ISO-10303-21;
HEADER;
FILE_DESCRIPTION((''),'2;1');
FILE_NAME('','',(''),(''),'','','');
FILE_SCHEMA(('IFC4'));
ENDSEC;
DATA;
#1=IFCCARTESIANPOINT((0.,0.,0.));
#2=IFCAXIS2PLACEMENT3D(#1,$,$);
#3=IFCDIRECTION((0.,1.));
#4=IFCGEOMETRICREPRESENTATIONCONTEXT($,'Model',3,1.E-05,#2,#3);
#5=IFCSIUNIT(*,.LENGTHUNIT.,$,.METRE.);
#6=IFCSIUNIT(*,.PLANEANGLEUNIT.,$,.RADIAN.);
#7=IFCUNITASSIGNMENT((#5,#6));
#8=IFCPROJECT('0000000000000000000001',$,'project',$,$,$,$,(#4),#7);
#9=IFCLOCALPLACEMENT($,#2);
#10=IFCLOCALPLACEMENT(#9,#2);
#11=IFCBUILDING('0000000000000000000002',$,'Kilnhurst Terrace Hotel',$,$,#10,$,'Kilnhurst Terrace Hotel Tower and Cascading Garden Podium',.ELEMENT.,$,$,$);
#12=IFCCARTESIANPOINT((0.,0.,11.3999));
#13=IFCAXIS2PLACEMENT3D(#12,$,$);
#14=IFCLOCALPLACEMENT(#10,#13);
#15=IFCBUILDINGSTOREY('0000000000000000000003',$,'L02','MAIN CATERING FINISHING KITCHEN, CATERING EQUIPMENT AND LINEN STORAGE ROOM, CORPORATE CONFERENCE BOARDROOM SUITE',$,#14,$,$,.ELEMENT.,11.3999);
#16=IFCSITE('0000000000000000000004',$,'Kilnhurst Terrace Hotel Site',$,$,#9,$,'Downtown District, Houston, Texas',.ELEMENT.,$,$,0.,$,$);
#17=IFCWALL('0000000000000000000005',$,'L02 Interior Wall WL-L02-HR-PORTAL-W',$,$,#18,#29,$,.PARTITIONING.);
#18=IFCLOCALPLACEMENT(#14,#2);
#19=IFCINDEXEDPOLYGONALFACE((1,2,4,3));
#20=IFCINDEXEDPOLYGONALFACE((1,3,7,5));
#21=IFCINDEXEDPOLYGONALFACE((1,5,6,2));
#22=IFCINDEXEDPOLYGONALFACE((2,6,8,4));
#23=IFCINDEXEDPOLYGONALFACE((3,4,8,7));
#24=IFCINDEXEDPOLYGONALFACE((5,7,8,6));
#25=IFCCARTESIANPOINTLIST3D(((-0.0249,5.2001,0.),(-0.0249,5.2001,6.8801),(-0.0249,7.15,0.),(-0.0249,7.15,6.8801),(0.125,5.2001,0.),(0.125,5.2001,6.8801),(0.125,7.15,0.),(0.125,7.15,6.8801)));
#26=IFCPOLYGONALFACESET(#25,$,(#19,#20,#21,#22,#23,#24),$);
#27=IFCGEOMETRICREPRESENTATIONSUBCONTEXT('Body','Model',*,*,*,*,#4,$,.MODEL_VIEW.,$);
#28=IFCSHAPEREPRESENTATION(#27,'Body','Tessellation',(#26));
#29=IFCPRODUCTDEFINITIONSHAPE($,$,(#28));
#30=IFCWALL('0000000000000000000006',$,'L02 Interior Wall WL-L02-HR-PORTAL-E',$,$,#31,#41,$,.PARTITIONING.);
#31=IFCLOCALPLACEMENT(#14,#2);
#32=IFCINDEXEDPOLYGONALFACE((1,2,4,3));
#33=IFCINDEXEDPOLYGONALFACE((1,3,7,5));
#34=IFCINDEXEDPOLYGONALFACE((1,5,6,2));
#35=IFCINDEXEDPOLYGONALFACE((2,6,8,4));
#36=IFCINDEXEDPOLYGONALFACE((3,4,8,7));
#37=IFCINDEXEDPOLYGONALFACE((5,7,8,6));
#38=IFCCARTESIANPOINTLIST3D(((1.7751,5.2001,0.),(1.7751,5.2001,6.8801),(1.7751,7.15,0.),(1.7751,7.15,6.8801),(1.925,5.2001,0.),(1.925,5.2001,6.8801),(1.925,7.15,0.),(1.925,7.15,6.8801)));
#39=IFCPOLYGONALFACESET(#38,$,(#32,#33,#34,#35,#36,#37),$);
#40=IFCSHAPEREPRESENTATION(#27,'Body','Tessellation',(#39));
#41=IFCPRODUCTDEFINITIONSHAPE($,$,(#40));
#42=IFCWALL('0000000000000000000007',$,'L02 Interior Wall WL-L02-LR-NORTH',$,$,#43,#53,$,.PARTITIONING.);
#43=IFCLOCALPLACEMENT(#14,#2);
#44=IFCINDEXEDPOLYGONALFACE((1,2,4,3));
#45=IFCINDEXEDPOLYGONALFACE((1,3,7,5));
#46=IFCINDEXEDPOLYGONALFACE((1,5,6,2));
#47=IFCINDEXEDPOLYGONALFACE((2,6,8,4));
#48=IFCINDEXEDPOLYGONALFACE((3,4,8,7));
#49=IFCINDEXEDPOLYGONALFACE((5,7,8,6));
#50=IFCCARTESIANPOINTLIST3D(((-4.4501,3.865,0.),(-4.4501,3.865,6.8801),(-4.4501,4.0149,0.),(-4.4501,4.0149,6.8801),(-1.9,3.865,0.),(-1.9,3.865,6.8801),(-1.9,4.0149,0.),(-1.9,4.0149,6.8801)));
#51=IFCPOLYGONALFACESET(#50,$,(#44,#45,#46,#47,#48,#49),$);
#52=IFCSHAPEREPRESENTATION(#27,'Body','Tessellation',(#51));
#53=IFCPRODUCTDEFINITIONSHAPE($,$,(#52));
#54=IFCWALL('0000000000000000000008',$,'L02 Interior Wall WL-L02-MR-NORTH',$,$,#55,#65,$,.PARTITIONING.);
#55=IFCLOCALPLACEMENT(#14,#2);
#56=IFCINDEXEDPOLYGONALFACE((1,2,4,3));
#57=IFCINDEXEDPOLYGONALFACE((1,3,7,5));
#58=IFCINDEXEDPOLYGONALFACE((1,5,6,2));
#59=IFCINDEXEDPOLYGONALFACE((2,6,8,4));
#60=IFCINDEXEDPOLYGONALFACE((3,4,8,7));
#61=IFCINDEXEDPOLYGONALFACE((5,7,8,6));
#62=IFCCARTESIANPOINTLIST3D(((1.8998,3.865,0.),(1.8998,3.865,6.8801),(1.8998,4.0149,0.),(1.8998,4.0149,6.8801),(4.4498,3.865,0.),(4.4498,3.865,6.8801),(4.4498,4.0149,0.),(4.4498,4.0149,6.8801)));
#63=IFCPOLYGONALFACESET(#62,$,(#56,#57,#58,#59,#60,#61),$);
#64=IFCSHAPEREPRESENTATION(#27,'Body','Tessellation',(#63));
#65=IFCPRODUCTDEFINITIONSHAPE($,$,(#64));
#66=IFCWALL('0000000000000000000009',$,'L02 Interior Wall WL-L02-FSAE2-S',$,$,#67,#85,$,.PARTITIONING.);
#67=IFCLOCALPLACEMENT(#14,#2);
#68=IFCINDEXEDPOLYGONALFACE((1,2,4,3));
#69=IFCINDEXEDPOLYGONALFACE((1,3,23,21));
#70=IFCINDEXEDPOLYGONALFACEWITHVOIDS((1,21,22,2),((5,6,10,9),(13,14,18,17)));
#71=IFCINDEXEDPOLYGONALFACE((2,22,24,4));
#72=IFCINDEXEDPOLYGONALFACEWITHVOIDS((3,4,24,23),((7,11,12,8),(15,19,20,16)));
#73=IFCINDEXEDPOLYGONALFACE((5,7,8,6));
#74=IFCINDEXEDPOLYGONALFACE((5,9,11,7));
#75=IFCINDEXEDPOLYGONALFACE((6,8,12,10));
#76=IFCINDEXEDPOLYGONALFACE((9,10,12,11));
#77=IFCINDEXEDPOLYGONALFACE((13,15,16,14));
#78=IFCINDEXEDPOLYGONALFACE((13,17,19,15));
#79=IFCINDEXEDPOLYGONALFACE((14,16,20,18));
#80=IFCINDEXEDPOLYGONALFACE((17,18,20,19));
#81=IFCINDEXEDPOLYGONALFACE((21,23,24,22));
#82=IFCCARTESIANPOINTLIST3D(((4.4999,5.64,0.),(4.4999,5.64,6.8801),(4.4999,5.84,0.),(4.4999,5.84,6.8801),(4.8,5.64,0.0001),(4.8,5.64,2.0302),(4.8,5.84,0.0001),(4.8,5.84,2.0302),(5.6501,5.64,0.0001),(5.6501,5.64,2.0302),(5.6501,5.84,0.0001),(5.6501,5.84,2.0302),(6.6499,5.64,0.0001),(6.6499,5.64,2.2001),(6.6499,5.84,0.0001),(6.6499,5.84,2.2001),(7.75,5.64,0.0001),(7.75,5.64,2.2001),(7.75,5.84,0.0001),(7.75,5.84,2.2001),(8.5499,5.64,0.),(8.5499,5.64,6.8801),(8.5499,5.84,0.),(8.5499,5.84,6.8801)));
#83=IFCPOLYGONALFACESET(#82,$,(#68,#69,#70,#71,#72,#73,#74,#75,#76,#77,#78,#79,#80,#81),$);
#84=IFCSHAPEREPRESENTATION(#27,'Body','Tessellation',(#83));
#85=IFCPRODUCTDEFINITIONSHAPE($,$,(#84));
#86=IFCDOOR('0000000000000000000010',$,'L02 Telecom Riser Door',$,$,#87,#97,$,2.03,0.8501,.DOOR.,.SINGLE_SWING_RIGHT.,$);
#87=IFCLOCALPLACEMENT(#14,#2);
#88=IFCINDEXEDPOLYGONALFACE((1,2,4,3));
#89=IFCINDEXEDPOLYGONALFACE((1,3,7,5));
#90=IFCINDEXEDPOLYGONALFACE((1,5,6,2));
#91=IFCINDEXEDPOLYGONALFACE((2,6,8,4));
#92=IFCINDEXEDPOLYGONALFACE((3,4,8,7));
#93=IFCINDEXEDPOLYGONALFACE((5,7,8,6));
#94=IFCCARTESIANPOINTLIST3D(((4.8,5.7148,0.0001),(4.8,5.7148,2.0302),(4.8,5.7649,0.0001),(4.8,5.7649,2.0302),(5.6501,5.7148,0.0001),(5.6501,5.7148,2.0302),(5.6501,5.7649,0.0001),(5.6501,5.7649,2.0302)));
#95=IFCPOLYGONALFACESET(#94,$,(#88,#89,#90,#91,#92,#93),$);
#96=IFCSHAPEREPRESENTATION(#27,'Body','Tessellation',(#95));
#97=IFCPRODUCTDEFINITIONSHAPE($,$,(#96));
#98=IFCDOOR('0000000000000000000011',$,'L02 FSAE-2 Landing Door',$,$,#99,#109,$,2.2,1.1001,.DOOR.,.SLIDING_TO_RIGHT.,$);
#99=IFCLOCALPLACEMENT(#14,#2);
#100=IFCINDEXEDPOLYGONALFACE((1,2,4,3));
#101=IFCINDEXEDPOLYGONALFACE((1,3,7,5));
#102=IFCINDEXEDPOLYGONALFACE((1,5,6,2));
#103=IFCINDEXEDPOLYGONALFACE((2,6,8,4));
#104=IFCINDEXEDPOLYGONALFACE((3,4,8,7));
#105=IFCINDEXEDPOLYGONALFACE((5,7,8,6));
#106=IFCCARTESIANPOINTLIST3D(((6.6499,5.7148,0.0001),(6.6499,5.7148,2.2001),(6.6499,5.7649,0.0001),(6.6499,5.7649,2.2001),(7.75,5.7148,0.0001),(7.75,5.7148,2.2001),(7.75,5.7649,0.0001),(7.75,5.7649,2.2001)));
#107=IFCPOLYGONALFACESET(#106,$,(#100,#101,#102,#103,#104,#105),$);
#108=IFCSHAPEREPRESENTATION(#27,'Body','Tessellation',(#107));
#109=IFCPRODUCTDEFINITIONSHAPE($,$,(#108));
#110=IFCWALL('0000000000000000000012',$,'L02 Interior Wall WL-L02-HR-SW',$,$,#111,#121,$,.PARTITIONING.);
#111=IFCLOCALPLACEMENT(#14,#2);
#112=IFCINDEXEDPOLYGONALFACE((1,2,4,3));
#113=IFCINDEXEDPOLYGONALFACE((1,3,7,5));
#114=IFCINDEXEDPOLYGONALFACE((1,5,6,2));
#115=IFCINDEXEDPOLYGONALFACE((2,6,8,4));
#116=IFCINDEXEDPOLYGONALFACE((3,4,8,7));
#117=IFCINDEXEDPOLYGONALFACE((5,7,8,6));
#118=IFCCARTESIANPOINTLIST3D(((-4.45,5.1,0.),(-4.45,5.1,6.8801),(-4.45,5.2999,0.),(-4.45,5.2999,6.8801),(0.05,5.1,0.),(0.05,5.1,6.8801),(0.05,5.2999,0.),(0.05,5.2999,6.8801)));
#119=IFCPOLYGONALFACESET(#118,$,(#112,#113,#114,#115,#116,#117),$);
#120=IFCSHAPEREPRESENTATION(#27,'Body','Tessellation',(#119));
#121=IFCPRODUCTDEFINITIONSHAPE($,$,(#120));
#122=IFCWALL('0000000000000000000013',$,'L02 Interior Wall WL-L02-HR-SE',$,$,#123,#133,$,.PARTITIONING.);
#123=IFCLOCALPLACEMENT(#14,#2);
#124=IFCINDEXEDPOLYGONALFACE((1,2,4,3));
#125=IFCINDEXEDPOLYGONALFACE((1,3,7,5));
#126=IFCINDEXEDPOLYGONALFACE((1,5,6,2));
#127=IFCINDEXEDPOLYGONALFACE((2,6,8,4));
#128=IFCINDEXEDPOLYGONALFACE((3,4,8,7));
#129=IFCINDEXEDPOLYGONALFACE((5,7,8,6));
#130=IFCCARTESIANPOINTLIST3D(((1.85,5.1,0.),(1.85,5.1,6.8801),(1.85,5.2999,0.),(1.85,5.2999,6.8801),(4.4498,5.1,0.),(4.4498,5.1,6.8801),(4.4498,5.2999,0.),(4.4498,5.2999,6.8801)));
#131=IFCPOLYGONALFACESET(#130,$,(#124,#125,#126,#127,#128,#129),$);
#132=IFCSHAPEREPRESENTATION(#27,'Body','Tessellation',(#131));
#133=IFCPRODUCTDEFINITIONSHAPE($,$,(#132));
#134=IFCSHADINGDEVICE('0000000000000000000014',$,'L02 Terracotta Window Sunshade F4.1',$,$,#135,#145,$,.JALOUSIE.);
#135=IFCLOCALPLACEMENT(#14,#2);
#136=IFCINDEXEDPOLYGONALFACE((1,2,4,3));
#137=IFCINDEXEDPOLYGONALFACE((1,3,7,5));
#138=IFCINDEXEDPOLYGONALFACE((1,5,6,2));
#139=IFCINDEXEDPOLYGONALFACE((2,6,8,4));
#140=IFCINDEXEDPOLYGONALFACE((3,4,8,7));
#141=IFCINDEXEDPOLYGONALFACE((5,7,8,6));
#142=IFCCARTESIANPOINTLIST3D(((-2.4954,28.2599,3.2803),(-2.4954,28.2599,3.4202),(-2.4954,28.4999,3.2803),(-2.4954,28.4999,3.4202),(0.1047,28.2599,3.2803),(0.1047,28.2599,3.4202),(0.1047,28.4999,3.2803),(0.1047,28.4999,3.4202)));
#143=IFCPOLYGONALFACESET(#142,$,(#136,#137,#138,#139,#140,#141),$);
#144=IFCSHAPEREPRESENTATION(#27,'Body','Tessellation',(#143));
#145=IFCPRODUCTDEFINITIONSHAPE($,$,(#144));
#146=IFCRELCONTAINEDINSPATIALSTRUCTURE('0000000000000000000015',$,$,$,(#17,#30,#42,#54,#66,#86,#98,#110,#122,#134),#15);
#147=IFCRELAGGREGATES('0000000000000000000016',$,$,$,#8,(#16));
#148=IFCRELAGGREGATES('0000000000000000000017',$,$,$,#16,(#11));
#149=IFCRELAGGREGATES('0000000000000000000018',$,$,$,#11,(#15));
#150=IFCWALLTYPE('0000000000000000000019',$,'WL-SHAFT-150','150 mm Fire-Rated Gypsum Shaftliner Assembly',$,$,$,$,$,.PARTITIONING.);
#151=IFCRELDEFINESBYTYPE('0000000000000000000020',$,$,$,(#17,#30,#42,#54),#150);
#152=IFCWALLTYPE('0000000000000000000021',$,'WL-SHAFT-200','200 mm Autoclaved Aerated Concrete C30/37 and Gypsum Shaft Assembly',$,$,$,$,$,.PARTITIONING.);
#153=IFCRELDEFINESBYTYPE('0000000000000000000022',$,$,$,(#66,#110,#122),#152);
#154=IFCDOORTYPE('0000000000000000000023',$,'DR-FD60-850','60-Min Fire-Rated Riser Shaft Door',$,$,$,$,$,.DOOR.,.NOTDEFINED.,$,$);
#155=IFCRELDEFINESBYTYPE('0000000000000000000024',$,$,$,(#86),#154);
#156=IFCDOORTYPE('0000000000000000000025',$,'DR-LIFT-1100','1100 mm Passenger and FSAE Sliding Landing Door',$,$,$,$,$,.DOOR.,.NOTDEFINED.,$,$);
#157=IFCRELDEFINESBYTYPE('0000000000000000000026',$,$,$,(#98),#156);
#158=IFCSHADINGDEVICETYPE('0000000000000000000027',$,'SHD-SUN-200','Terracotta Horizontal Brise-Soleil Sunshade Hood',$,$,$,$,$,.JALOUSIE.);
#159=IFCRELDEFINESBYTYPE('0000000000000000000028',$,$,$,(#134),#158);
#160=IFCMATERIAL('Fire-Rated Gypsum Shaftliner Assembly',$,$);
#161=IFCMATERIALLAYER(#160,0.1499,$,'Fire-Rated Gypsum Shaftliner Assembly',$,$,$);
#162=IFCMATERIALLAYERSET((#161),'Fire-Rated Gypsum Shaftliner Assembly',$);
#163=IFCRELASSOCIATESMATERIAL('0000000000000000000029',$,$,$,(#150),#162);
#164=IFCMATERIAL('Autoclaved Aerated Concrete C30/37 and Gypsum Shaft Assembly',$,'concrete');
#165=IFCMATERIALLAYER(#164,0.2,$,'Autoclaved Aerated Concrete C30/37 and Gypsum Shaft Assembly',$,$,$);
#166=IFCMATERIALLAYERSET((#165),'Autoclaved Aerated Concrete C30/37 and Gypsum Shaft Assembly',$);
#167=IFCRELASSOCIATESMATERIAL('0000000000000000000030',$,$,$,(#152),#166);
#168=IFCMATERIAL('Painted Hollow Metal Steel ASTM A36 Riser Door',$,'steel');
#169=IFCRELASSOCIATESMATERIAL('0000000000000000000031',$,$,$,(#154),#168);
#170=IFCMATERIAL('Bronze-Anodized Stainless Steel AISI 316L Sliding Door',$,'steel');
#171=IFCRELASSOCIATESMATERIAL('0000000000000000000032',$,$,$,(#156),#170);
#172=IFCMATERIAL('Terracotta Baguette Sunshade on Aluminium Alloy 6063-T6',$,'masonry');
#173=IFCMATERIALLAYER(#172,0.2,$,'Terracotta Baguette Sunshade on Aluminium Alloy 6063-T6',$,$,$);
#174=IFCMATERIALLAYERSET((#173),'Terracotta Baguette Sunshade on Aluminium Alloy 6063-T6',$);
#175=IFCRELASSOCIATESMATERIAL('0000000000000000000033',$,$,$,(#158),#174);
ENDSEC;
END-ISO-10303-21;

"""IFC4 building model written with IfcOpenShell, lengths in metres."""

from ifc_helpers import new_model, si_unit, direction, frame, frame_2d, origin, origin_2d, place, context, subcontext, project, spatial, rectangle, extrude, material, layer, layer_set, type_object, element, fill, save


model = new_model("IFC4")

# Units and contexts
model_context = context("Model", 3, precision=1e-05, world=origin(), true_north=direction((0.0, 1.0)))
body_context = subcontext(model_context, "Body", "Model", "MODEL_VIEW")
ifc_project = project(units=[si_unit("LENGTHUNIT", "METRE"), si_unit("PLANEANGLEUNIT", "RADIAN")], contexts=[model_context])

# Site, building, storey
site_placement = place(None, origin())
site = spatial("IfcSite", under=ifc_project, at=site_placement, Name="Kilnhurst Terrace Hotel Site", LongName="Downtown District, Houston, Texas", CompositionType="ELEMENT", RefElevation=0.0)
building_placement = place(site_placement, origin())
building = spatial("IfcBuilding", under=site, at=building_placement, Name="Kilnhurst Terrace Hotel", LongName="Kilnhurst Terrace Hotel Tower and Cascading Garden Podium", CompositionType="ELEMENT")
storey_placement = place(building_placement, frame((0.0, 0.0, 11.3999)))
storey = spatial("IfcBuildingStorey", under=building, at=storey_placement, Name="L02", Description="MAIN CATERING FINISHING KITCHEN, CATERING EQUIPMENT AND LINEN STORAGE ROOM, CORPORATE CONFERENCE BOARDROOM SUITE", CompositionType="ELEMENT", Elevation=11.3999)

# Walls
ifc_material_1 = material(Name="Fire-Rated Gypsum Shaftliner Assembly")
ifc_layer_1 = layer(ifc_material_1, 0.1499, Name="Fire-Rated Gypsum Shaftliner Assembly")
ifc_layer_set_1 = layer_set([ifc_layer_1], Name="Fire-Rated Gypsum Shaftliner Assembly")
wall_type_1 = type_object("IfcWallType", Name="WL-SHAFT-150", Description="150 mm Fire-Rated Gypsum Shaftliner Assembly", PredefinedType="PARTITIONING", material=ifc_layer_set_1)
for number, where, z_axis, x_axis, name in (
    (1, (0.05, 5.2, 0.0), (0.0, 0.0, 1.0), (0.0, 1.0, 0.0), "L02 Interior Wall WL-L02-HR-PORTAL-W"),
    (2, (1.8501, 5.2, 0.0), (0.0, 0.0, 1.0), (0.0, 1.0, 0.0), "L02 Interior Wall WL-L02-HR-PORTAL-E"),
):
    element("IfcWall", number, at=place(storey_placement, frame(where, z_axis=z_axis, x_axis=x_axis)), inside=storey, type_object=wall_type_1, Name=name, PredefinedType="PARTITIONING", context=body_context, shape_type="SweptSolid", body=[
        extrude(rectangle(XDim=1.95, YDim=0.1499, at=frame_2d((0.9751, 0.0))), origin(), (0.0, 0.0, 1.0), 6.8801),
    ])
for number, where, z_axis, x_axis, name in (
    (3, (-4.45, 3.9399, 0.0), (0.0, 0.0, 1.0), (1.0, 0.0, 0.0), "L02 Interior Wall WL-L02-LR-NORTH"),
    (4, (1.8999, 3.9399, 0.0), (0.0, 0.0, 1.0), (1.0, 0.0, 0.0), "L02 Interior Wall WL-L02-MR-NORTH"),
):
    element("IfcWall", number, at=place(storey_placement, frame(where, z_axis=z_axis, x_axis=x_axis)), inside=storey, type_object=wall_type_1, Name=name, PredefinedType="PARTITIONING", context=body_context, shape_type="SweptSolid", body=[
        extrude(rectangle(XDim=2.55, YDim=0.1499, at=frame_2d((1.2749, 0.0))), origin(), (0.0, 0.0, 1.0), 6.8801),
    ])

# Wall, openings, doors
ifc_material_2 = material(Name="Autoclaved Aerated Concrete C30/37 and Gypsum Shaft Assembly", Category="concrete")
ifc_layer_2 = layer(ifc_material_2, 0.2, Name="Autoclaved Aerated Concrete C30/37 and Gypsum Shaft Assembly")
ifc_layer_set_2 = layer_set([ifc_layer_2], Name="Autoclaved Aerated Concrete C30/37 and Gypsum Shaft Assembly")
wall_type_2 = type_object("IfcWallType", Name="WL-SHAFT-200", Description="200 mm Autoclaved Aerated Concrete C30/37 and Gypsum Shaft Assembly", PredefinedType="PARTITIONING", material=ifc_layer_set_2)
wall_1_placement = place(storey_placement, frame((4.5, 5.74, 0.0), z_axis=(0.0, 0.0, 1.0), x_axis=(1.0, 0.0, 0.0)))
wall_1 = element("IfcWall", 5, at=wall_1_placement, inside=storey, type_object=wall_type_2, Name="L02 Interior Wall WL-L02-FSAE2-S", PredefinedType="PARTITIONING", context=body_context, shape_type="SweptSolid", body=[
    extrude(rectangle(XDim=4.05, YDim=0.2, at=frame_2d((2.0249, 0.0))), origin(), (0.0, 0.0, 1.0), 6.8801),
])
opening_1_placement = place(wall_1_placement, frame((0.3, 0.0, 0.0)))
opening_1 = element("IfcOpeningElement", 6, at=opening_1_placement, cuts=wall_1, PredefinedType="OPENING", context=body_context, shape_type="SweptSolid", body=[
    extrude(rectangle(XDim=0.8501, YDim=2.03, at=frame_2d((0.425, 1.0151))), frame((0.0, 0.1099, 0.0), z_axis=(0.0, -1.0, 0.0), x_axis=(1.0, 0.0, 0.0)), (0.0, 0.0, 1.0), 0.22),
])
opening_2_placement = place(wall_1_placement, frame((2.1499, 0.0, 0.0)))
opening_2 = element("IfcOpeningElement", 7, at=opening_2_placement, cuts=wall_1, PredefinedType="OPENING", context=body_context, shape_type="SweptSolid", body=[
    extrude(rectangle(XDim=1.1001, YDim=2.2, at=frame_2d((0.55, 1.1001))), frame((0.0, 0.1099, 0.0), z_axis=(0.0, -1.0, 0.0), x_axis=(1.0, 0.0, 0.0)), (0.0, 0.0, 1.0), 0.22),
])
ifc_material_3 = material(Name="Painted Hollow Metal Steel ASTM A36 Riser Door", Category="steel")
door_type_1 = type_object("IfcDoorType", Name="DR-FD60-850", Description="60-Min Fire-Rated Riser Shaft Door", OperationType="NOTDEFINED", PredefinedType="DOOR", material=ifc_material_3)
door_1_placement = place(opening_1_placement, origin())
door_1 = element("IfcDoor", 8, at=door_1_placement, inside=storey, type_object=door_type_1, Name="L02 Telecom Riser Door", OperationType="SINGLE_SWING_RIGHT", OverallHeight=2.03, OverallWidth=0.8501, PredefinedType="DOOR", context=body_context, shape_type="SweptSolid", body=[
    extrude(rectangle(XDim=0.8501, YDim=2.03, at=frame_2d((0.425, 1.0151))), frame((0.0, 0.0249, 0.0), z_axis=(0.0, -1.0, 0.0), x_axis=(1.0, 0.0, 0.0)), (0.0, 0.0, 1.0), 0.05),
])
fill(opening_1, door_1)
ifc_material_4 = material(Name="Bronze-Anodized Stainless Steel AISI 316L Sliding Door", Category="steel")
door_type_2 = type_object("IfcDoorType", Name="DR-LIFT-1100", Description="1100 mm Passenger and FSAE Sliding Landing Door", OperationType="NOTDEFINED", PredefinedType="DOOR", material=ifc_material_4)
door_2_placement = place(opening_2_placement, origin())
door_2 = element("IfcDoor", 9, at=door_2_placement, inside=storey, type_object=door_type_2, Name="L02 FSAE-2 Landing Door", OperationType="SLIDING_TO_RIGHT", OverallHeight=2.2, OverallWidth=1.1001, PredefinedType="DOOR", context=body_context, shape_type="SweptSolid", body=[
    extrude(rectangle(XDim=1.1001, YDim=2.2, at=frame_2d((0.55, 1.1001))), frame((0.0, 0.0249, 0.0), z_axis=(0.0, -1.0, 0.0), x_axis=(1.0, 0.0, 0.0)), (0.0, 0.0, 1.0), 0.05),
])
fill(opening_2, door_2)

# Walls
wall_2_placement = place(storey_placement, frame((-4.45, 5.2, 0.0), z_axis=(0.0, 0.0, 1.0), x_axis=(1.0, 0.0, 0.0)))
element("IfcWall", 10, at=wall_2_placement, inside=storey, type_object=wall_type_2, Name="L02 Interior Wall WL-L02-HR-SW", PredefinedType="PARTITIONING", context=body_context, shape_type="SweptSolid", body=[
    extrude(rectangle(XDim=4.5, YDim=0.2, at=frame_2d((2.25, 0.0))), origin(), (0.0, 0.0, 1.0), 6.8801),
])
wall_3_placement = place(storey_placement, frame((1.8501, 5.2, 0.0), z_axis=(0.0, 0.0, 1.0), x_axis=(1.0, 0.0, 0.0)))
element("IfcWall", 11, at=wall_3_placement, inside=storey, type_object=wall_type_2, Name="L02 Interior Wall WL-L02-HR-SE", PredefinedType="PARTITIONING", context=body_context, shape_type="SweptSolid", body=[
    extrude(rectangle(XDim=2.5999, YDim=0.2, at=frame_2d((1.2998, 0.0))), origin(), (0.0, 0.0, 1.0), 6.8801),
])

# Shading device
ifc_material_5 = material(Name="Terracotta Baguette Sunshade on Aluminium Alloy 6063-T6", Category="masonry")
ifc_layer_3 = layer(ifc_material_5, 0.2, Name="Terracotta Baguette Sunshade on Aluminium Alloy 6063-T6")
ifc_layer_set_3 = layer_set([ifc_layer_3], Name="Terracotta Baguette Sunshade on Aluminium Alloy 6063-T6")
shading_device_type = type_object("IfcShadingDeviceType", Name="SHD-SUN-200", Description="Terracotta Horizontal Brise-Soleil Sunshade Hood", PredefinedType="JALOUSIE", material=ifc_layer_set_3)
shading_device_placement = place(storey_placement, frame((-1.1953, 28.3799, 3.2803), z_axis=(0.0, 0.0, 1.0), x_axis=(-1.0, 0.0, 0.0)))
element("IfcShadingDevice", 12, at=shading_device_placement, inside=storey, type_object=shading_device_type, Name="L02 Terracotta Window Sunshade F4.1", PredefinedType="JALOUSIE", context=body_context, shape_type="SweptSolid", body=[
    extrude(rectangle(XDim=2.6001, YDim=0.24, at=origin_2d()), origin(), (0.0, 0.0, 1.0), 0.1399),
])

save(model, "model.ifc")
